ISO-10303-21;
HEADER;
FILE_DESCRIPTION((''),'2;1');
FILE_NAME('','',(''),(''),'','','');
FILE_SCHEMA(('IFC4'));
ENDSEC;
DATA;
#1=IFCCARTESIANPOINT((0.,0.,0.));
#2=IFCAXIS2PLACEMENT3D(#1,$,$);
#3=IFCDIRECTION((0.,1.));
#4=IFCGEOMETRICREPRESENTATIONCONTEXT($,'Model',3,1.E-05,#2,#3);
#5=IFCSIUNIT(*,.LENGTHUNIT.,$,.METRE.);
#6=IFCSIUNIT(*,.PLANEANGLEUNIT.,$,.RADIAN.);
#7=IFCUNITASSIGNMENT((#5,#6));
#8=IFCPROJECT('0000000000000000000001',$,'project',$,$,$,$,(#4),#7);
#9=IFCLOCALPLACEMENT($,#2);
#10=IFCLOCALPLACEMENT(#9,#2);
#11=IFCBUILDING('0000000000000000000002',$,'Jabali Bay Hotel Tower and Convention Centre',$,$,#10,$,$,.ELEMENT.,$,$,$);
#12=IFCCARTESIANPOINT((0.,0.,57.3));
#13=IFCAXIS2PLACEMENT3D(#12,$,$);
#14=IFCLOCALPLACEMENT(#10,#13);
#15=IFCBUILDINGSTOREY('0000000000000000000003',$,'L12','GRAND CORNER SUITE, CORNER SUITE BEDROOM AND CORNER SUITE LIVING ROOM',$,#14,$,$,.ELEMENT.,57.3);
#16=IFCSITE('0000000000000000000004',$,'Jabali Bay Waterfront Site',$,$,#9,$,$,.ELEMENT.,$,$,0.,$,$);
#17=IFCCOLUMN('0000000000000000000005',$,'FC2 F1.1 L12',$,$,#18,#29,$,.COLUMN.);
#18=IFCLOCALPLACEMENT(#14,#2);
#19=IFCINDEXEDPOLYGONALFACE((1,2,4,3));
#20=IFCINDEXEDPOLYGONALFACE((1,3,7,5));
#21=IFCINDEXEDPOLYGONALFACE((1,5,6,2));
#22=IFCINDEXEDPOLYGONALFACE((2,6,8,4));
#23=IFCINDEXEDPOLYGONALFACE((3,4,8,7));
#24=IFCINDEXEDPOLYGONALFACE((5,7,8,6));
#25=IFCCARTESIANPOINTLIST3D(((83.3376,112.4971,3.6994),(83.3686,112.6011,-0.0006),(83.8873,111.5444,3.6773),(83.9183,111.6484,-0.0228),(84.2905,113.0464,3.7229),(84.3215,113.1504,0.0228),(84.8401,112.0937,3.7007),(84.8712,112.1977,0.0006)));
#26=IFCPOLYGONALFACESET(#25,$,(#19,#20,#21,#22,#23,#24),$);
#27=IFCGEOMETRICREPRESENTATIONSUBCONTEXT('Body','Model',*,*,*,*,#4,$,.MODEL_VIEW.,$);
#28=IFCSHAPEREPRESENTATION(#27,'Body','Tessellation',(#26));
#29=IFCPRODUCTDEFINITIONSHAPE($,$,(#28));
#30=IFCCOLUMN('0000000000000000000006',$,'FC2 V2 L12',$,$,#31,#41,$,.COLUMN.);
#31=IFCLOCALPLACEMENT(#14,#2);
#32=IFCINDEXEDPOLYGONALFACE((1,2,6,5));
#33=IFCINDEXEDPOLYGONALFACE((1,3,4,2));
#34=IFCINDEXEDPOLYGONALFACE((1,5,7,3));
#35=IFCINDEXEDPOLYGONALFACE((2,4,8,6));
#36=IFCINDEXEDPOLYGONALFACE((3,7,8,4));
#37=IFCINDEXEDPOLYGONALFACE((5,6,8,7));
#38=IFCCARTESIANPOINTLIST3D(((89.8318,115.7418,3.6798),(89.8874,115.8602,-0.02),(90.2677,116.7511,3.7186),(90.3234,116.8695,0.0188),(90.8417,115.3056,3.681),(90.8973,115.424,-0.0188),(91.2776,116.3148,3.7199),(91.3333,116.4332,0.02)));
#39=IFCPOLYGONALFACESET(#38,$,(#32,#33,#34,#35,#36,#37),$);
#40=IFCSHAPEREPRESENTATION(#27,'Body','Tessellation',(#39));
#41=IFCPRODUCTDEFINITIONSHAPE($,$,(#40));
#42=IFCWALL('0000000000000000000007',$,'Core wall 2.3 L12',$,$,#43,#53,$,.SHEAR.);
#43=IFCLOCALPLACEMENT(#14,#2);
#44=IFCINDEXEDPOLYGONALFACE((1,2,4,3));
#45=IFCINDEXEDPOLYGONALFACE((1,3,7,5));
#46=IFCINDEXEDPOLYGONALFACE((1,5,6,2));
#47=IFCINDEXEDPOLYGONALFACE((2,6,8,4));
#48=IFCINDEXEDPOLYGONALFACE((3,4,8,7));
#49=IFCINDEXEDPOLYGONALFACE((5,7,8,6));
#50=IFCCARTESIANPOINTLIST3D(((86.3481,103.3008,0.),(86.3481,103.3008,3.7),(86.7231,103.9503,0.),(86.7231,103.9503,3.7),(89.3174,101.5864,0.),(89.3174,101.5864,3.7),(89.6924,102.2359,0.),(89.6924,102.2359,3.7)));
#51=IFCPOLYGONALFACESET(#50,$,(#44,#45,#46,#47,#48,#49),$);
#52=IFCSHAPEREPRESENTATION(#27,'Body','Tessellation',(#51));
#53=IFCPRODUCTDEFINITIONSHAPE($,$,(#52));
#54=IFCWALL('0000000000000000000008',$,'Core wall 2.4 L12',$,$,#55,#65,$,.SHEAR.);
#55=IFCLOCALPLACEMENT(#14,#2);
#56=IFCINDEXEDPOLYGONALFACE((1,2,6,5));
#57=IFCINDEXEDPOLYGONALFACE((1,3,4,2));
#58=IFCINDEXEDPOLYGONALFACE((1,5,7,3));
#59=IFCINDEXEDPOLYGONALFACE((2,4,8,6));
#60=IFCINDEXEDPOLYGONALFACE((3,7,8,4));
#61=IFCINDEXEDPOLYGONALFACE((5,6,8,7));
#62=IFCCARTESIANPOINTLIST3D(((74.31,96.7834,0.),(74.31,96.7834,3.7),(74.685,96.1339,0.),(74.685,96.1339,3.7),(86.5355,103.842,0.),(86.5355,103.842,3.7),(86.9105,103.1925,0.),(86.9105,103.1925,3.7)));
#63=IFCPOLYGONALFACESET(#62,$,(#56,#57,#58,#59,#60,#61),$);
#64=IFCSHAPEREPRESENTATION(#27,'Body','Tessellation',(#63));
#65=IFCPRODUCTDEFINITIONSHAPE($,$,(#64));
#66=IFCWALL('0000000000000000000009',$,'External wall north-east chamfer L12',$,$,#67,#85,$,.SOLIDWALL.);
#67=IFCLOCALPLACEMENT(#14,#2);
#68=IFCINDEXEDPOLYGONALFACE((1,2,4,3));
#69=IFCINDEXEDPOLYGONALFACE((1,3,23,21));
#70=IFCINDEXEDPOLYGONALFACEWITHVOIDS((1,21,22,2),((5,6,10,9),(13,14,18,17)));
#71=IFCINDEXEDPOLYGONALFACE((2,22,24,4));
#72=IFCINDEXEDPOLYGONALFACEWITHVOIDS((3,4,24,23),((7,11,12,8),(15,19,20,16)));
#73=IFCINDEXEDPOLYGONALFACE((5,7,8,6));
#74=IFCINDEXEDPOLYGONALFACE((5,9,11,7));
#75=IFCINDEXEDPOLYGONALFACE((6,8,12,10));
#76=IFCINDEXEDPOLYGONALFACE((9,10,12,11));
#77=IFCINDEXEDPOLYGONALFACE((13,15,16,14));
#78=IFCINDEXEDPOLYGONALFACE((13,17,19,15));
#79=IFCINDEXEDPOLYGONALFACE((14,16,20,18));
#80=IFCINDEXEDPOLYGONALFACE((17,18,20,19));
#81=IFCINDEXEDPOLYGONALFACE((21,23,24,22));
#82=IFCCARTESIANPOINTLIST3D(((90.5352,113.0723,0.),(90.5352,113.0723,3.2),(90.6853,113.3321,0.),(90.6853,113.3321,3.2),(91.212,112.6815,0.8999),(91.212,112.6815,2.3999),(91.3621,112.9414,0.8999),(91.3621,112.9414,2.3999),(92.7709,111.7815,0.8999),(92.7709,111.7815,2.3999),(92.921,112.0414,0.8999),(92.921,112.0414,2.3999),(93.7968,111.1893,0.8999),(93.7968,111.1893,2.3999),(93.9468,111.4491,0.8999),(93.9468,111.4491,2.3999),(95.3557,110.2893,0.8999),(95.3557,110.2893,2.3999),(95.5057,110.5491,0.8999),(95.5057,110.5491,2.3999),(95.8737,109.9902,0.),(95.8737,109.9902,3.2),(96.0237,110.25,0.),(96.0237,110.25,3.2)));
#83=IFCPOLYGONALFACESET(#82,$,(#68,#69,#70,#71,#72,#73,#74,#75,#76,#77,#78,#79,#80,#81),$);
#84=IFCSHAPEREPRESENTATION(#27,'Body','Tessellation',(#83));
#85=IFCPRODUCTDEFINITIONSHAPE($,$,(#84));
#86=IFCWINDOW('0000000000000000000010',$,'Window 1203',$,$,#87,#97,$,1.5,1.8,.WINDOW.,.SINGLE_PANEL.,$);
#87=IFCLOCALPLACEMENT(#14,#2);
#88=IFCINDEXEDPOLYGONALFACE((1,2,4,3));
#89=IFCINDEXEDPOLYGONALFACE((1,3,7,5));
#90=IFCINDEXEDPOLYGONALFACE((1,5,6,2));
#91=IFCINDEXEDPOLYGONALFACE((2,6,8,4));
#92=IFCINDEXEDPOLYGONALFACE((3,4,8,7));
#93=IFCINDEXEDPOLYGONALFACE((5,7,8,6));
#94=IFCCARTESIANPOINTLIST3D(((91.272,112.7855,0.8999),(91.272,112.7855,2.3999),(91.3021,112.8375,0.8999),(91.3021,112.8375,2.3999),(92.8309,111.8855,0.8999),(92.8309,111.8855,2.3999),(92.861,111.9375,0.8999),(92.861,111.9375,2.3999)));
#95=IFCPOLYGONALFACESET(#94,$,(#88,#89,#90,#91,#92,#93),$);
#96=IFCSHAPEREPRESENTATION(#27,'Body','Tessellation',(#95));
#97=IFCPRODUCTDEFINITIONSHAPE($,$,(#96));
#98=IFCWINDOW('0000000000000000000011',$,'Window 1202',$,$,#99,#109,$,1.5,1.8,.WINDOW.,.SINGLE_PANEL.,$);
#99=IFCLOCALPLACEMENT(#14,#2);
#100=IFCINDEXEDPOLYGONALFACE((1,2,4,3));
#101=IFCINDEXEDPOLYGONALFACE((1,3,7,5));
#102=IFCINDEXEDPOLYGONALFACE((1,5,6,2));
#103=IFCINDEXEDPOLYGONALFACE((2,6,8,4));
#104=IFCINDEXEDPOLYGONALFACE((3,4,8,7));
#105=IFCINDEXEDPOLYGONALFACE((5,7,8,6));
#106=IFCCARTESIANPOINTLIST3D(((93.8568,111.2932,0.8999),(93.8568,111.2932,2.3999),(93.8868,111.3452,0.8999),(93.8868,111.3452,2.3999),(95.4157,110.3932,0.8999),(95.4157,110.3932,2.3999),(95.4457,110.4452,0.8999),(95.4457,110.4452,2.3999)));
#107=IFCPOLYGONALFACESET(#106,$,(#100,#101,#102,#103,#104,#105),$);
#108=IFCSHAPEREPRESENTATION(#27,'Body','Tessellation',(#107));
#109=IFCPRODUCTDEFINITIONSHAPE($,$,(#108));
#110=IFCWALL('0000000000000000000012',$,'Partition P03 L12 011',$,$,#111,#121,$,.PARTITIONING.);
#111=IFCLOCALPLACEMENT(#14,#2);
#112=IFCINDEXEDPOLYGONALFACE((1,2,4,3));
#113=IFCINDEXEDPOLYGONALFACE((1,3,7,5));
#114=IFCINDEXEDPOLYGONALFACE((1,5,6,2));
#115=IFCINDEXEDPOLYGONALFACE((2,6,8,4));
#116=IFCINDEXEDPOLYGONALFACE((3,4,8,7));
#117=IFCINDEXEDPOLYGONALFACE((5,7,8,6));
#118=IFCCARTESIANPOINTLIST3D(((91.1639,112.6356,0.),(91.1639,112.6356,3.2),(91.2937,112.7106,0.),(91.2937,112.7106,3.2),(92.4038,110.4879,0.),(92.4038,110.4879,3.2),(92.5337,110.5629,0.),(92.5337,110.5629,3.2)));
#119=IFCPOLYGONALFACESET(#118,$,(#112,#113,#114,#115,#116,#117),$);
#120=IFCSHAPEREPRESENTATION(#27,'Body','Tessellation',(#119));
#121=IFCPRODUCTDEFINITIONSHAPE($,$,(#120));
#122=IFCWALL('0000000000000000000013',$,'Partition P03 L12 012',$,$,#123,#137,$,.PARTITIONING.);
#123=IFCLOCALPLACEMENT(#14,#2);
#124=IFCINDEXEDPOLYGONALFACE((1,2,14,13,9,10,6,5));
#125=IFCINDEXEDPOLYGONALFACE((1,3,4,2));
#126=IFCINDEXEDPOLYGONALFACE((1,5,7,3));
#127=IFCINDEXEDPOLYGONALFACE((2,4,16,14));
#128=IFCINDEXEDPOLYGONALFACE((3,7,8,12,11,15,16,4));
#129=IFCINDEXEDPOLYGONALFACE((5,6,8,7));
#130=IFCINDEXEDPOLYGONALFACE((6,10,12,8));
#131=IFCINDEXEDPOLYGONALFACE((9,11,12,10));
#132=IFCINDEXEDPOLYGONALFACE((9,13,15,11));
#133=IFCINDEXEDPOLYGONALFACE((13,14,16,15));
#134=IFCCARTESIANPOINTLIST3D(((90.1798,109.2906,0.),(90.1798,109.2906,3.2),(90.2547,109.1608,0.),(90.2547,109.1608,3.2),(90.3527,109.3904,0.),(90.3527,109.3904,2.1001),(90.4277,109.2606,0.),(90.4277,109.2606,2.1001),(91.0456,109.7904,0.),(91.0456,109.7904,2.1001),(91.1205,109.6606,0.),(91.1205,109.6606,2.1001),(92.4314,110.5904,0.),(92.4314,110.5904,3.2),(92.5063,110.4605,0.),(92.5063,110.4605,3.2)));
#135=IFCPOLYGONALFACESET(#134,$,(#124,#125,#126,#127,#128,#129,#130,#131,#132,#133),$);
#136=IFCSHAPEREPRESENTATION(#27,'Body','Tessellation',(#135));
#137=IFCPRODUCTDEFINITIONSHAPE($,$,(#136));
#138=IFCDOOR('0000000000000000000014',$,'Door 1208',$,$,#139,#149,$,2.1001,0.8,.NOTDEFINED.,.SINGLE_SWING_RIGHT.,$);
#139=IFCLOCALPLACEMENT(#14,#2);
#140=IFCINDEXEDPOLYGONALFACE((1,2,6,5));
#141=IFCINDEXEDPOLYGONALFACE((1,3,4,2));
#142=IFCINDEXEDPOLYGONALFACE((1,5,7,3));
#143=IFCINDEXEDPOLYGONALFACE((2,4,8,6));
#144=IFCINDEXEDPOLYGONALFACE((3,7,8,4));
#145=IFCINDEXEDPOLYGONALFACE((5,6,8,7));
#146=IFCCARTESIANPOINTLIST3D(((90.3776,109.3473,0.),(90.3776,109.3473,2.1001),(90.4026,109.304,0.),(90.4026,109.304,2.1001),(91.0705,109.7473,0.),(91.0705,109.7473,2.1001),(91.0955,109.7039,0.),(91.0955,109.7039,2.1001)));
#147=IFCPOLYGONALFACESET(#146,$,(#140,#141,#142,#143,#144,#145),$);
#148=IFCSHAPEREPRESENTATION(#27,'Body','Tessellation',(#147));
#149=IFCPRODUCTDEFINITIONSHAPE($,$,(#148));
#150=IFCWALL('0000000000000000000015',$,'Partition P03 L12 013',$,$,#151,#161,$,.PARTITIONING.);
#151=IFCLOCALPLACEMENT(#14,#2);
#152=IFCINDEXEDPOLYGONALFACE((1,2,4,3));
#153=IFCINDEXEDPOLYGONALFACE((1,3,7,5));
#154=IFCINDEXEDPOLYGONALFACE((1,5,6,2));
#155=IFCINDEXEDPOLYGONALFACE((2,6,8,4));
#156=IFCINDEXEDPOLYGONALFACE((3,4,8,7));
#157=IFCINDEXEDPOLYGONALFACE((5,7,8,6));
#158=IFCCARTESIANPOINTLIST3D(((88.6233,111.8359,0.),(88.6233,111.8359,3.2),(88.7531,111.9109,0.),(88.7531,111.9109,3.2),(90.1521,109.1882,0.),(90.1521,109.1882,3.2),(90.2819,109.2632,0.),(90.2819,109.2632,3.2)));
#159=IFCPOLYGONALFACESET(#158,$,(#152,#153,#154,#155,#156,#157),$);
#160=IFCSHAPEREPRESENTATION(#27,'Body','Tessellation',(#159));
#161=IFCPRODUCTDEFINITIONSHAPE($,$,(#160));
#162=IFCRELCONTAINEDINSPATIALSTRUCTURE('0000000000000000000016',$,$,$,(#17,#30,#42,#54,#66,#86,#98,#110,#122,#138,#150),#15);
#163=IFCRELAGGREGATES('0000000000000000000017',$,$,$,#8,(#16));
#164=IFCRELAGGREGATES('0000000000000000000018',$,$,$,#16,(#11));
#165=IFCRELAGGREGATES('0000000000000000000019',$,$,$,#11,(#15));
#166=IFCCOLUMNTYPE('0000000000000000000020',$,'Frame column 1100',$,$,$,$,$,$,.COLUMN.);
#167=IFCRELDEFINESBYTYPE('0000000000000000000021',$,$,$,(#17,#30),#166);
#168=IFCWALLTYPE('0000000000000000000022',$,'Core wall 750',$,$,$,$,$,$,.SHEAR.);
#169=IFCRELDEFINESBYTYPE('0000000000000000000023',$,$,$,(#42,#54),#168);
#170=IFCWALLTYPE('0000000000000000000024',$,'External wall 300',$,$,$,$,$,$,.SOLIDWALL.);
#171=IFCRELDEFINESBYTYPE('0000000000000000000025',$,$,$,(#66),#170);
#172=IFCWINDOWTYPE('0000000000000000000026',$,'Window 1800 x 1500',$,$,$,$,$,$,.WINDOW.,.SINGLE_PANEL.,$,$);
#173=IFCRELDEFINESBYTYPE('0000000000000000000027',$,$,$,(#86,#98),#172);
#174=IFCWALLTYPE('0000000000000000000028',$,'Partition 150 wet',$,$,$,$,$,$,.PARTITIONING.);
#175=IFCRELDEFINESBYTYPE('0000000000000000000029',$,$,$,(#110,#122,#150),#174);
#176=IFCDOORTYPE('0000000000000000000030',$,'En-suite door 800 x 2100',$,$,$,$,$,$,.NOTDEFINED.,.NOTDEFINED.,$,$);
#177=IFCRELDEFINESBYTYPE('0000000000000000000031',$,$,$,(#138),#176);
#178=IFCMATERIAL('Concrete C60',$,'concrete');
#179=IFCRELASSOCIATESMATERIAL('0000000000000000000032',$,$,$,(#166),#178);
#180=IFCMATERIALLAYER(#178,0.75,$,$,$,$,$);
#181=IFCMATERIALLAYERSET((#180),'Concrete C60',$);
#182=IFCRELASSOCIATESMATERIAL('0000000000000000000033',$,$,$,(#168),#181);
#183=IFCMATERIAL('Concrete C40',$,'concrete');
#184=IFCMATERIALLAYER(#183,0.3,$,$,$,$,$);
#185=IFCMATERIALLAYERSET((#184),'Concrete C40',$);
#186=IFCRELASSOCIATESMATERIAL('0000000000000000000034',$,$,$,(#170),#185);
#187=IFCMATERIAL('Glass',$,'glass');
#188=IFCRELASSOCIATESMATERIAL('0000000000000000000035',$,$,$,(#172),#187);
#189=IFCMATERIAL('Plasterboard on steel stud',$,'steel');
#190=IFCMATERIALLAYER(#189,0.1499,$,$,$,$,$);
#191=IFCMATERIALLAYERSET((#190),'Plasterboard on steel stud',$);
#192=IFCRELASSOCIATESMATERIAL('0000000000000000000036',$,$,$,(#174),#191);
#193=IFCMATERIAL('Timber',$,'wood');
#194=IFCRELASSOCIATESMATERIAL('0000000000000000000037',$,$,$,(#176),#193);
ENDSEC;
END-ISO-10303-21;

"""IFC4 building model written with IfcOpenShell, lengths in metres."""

from ifc_helpers import new_model, si_unit, direction, frame, frame_2d, origin, origin_2d, place, context, subcontext, project, spatial, rectangle, extrude, material, layer, layer_set, material_profile, profile_set, type_object, element, fill, save


model = new_model("IFC4")

# Units and contexts
model_context = context("Model", 3, precision=1e-05, world=origin(), true_north=direction((0.0, 1.0)))
body_context = subcontext(model_context, "Body", "Model", "MODEL_VIEW")
ifc_project = project(units=[si_unit("LENGTHUNIT", "METRE"), si_unit("PLANEANGLEUNIT", "RADIAN")], contexts=[model_context])

# Site, building, storey
site_placement = place(None, origin())
site = spatial("IfcSite", under=ifc_project, at=site_placement, Name="Jabali Bay Waterfront Site", CompositionType="ELEMENT", RefElevation=0.0)
building_placement = place(site_placement, origin())
building = spatial("IfcBuilding", under=site, at=building_placement, Name="Jabali Bay Hotel Tower and Convention Centre", CompositionType="ELEMENT")
storey_placement = place(building_placement, frame((0.0, 0.0, 57.3)))
storey = spatial("IfcBuildingStorey", under=building, at=storey_placement, Name="L12", Description="GRAND CORNER SUITE, CORNER SUITE BEDROOM AND CORNER SUITE LIVING ROOM", CompositionType="ELEMENT", Elevation=57.3)

# Columns
ifc_material_1 = material(Name="Concrete C60", Category="concrete")
ifc_material_profile = material_profile(ifc_material_1, rectangle(XDim=1.1001, YDim=1.1001, at=origin_2d()), Name="Frame column 1100")
ifc_profile_set = profile_set([ifc_material_profile], Name="Concrete C60")
column_type = type_object("IfcColumnType", Name="Frame column 1100", PredefinedType="COLUMN", material=ifc_profile_set)
column_1_placement = place(storey_placement, frame((84.1199, 112.3994, 0.0), z_axis=(-0.008376, -0.028097, 0.99957), x_axis=(0.866172, 0.499293, 0.021293)))
element("IfcColumn", 1, at=column_1_placement, inside=storey, type_object=column_type, Name="FC2 F1.1 L12", PredefinedType="COLUMN", context=body_context, shape_type="SweptSolid", body=[
    extrude(rectangle(XDim=1.1001, YDim=1.1001, at=origin_2d()), origin(), (0.0, 0.0, 1.0), 3.7017),
])
column_2_placement = place(storey_placement, frame((90.6104, 116.1467, 0.0), z_axis=(-0.015035, -0.031983, 0.999375), x_axis=(0.91801, -0.396555, 0.00112)))
element("IfcColumn", 2, at=column_2_placement, inside=storey, type_object=column_type, Name="FC2 V2 L12", PredefinedType="COLUMN", context=body_context, shape_type="SweptSolid", body=[
    extrude(rectangle(XDim=1.1001, YDim=1.1001, at=origin_2d()), origin(), (0.0, 0.0, 1.0), 3.7021),
])

# Walls
ifc_layer_1 = layer(ifc_material_1, 0.75)
ifc_layer_set_1 = layer_set([ifc_layer_1], Name="Concrete C60")
wall_type_1 = type_object("IfcWallType", Name="Core wall 750", PredefinedType="SHEAR", material=ifc_layer_set_1)
wall_1_placement = place(storey_placement, frame((89.5049, 101.9111, 0.0), z_axis=(0.0, 0.0, 1.0), x_axis=(-0.866017, 0.500014, 0.0)))
element("IfcWall", 3, at=wall_1_placement, inside=storey, type_object=wall_type_1, Name="Core wall 2.3 L12", PredefinedType="SHEAR", context=body_context, shape_type="SweptSolid", body=[
    extrude(rectangle(XDim=3.4287, YDim=0.75, at=frame_2d((1.7144, 0.0))), origin(), (0.0, 0.0, 1.0), 3.7),
])
wall_2_placement = place(storey_placement, frame((86.7231, 103.5173, 0.0), z_axis=(0.0, 0.0, 1.0), x_axis=(-0.866021, -0.500008, 0.0)))
element("IfcWall", 4, at=wall_2_placement, inside=storey, type_object=wall_type_1, Name="Core wall 2.4 L12", PredefinedType="SHEAR", context=body_context, shape_type="SweptSolid", body=[
    extrude(rectangle(XDim=14.1169, YDim=0.75, at=frame_2d((7.0586, 0.0))), origin(), (0.0, 0.0, 1.0), 3.7),
])

# Wall, openings, windows
ifc_material_2 = material(Name="Concrete C40", Category="concrete")
ifc_layer_2 = layer(ifc_material_2, 0.3)
ifc_layer_set_2 = layer_set([ifc_layer_2], Name="Concrete C40")
wall_type_2 = type_object("IfcWallType", Name="External wall 300", PredefinedType="SOLIDWALL", material=ifc_layer_set_2)
wall_3_placement = place(storey_placement, frame((90.6104, 113.2021, 0.0), z_axis=(0.0, 0.0, 1.0), x_axis=(0.866031, -0.49999, 0.0)))
wall_3 = element("IfcWall", 5, at=wall_3_placement, inside=storey, type_object=wall_type_2, Name="External wall north-east chamfer L12", PredefinedType="SOLIDWALL", context=body_context, shape_type="SweptSolid", body=[
    extrude(rectangle(XDim=6.1643, YDim=0.3, at=frame_2d((3.082, 0.0))), origin(), (0.0, 0.0, 1.0), 3.2),
])
opening_1_placement = place(wall_3_placement, frame((0.7815, 0.0, 0.8999)))
opening_1 = element("IfcOpeningElement", 6, at=opening_1_placement, cuts=wall_3, PredefinedType="OPENING", context=body_context, shape_type="SweptSolid", body=[
    extrude(rectangle(XDim=1.8, YDim=1.5, at=frame_2d((0.8999, 0.75))), frame((0.0, 0.1606, 0.0), z_axis=(0.0, -1.0, 0.0), x_axis=(1.0, 0.0, 0.0)), (0.0, 0.0, 1.0), 0.321),
])
opening_2_placement = place(wall_3_placement, frame((3.7661, 0.0, 0.8999)))
opening_2 = element("IfcOpeningElement", 7, at=opening_2_placement, cuts=wall_3, PredefinedType="OPENING", context=body_context, shape_type="SweptSolid", body=[
    extrude(rectangle(XDim=1.8, YDim=1.5, at=frame_2d((0.8999, 0.75))), frame((0.0, 0.1606, 0.0), z_axis=(0.0, -1.0, 0.0), x_axis=(1.0, 0.0, 0.0)), (0.0, 0.0, 1.0), 0.321),
])
ifc_material_3 = material(Name="Glass", Category="glass")
window_type = type_object("IfcWindowType", Name="Window 1800 x 1500", PartitioningType="SINGLE_PANEL", PredefinedType="WINDOW", material=ifc_material_3)
window_1_placement = place(opening_1_placement, origin())
window_1 = element("IfcWindow", 8, at=window_1_placement, inside=storey, type_object=window_type, Name="Window 1203", OverallHeight=1.5, OverallWidth=1.8, PartitioningType="SINGLE_PANEL", PredefinedType="WINDOW", context=body_context, shape_type="SweptSolid", body=[
    extrude(rectangle(XDim=1.8, YDim=1.5, at=frame_2d((0.8999, 0.75))), frame((0.0, 0.03, 0.0), z_axis=(0.0, -1.0, 0.0), x_axis=(1.0, 0.0, 0.0)), (0.0, 0.0, 1.0), 0.0601),
])
fill(opening_1, window_1)
window_2_placement = place(opening_2_placement, origin())
window_2 = element("IfcWindow", 9, at=window_2_placement, inside=storey, type_object=window_type, Name="Window 1202", OverallHeight=1.5, OverallWidth=1.8, PartitioningType="SINGLE_PANEL", PredefinedType="WINDOW", context=body_context, shape_type="SweptSolid", body=[
    extrude(rectangle(XDim=1.8, YDim=1.5, at=frame_2d((0.8999, 0.75))), frame((0.0, 0.03, 0.0), z_axis=(0.0, -1.0, 0.0), x_axis=(1.0, 0.0, 0.0)), (0.0, 0.0, 1.0), 0.0601),
])
fill(opening_2, window_2)

# Wall
ifc_material_4 = material(Name="Plasterboard on steel stud", Category="steel")
ifc_layer_3 = layer(ifc_material_4, 0.1499)
ifc_layer_set_3 = layer_set([ifc_layer_3], Name="Plasterboard on steel stud")
wall_type_3 = type_object("IfcWallType", Name="Partition 150 wet", PredefinedType="PARTITIONING", material=ifc_layer_set_3)
wall_4_placement = place(storey_placement, frame((91.2288, 112.6731, 0.0), z_axis=(0.0, 0.0, 1.0), x_axis=(0.500004, -0.866023, 0.0)))
element("IfcWall", 10, at=wall_4_placement, inside=storey, type_object=wall_type_3, Name="Partition P03 L12 011", PredefinedType="PARTITIONING", context=body_context, shape_type="SweptSolid", body=[
    extrude(rectangle(XDim=2.48, YDim=0.1499, at=frame_2d((1.24, 0.0))), origin(), (0.0, 0.0, 1.0), 3.2),
])

# Wall, opening, door
wall_5_placement = place(storey_placement, frame((92.4688, 110.5254, 0.0), z_axis=(0.0, 0.0, 1.0), x_axis=(-0.866062, -0.499937, 0.0)))
wall_5 = element("IfcWall", 11, at=wall_5_placement, inside=storey, type_object=wall_type_3, Name="Partition P03 L12 012", PredefinedType="PARTITIONING", context=body_context, shape_type="SweptSolid", body=[
    extrude(rectangle(XDim=2.5999, YDim=0.1499, at=frame_2d((1.2998, 0.0))), origin(), (0.0, 0.0, 1.0), 3.2),
])
opening_3_placement = place(wall_5_placement, frame((1.6001, 0.0, 0.0)))
opening_3 = element("IfcOpeningElement", 12, at=opening_3_placement, cuts=wall_5, PredefinedType="OPENING", context=body_context, shape_type="SweptSolid", body=[
    extrude(rectangle(XDim=0.8, YDim=2.1001, at=frame_2d((0.3999, 1.05))), frame((0.0, 0.0854, 0.0), z_axis=(0.0, -1.0, 0.0), x_axis=(1.0, 0.0, 0.0)), (0.0, 0.0, 1.0), 0.1709),
])
ifc_material_5 = material(Name="Timber", Category="wood")
door_type = type_object("IfcDoorType", Name="En-suite door 800 x 2100", OperationType="NOTDEFINED", PredefinedType="NOTDEFINED", material=ifc_material_5)
door_placement = place(opening_3_placement, origin())
door = element("IfcDoor", 13, at=door_placement, inside=storey, type_object=door_type, Name="Door 1208", OperationType="SINGLE_SWING_RIGHT", OverallHeight=2.1001, OverallWidth=0.8, PredefinedType="NOTDEFINED", context=body_context, shape_type="SweptSolid", body=[
    extrude(rectangle(XDim=0.8, YDim=2.1001, at=frame_2d((0.3999, 1.05))), frame((0.0, 0.0249, 0.0), z_axis=(0.0, -1.0, 0.0), x_axis=(1.0, 0.0, 0.0)), (0.0, 0.0, 1.0), 0.05),
])
fill(opening_3, door)

# Wall
wall_6_placement = place(storey_placement, frame((90.217, 109.2256, 0.0), z_axis=(0.0, 0.0, 1.0), x_axis=(-0.500038, 0.866003, 0.0)))
element("IfcWall", 14, at=wall_6_placement, inside=storey, type_object=wall_type_3, Name="Partition P03 L12 013", PredefinedType="PARTITIONING", context=body_context, shape_type="SweptSolid", body=[
    extrude(rectangle(XDim=3.0574, YDim=0.1499, at=frame_2d((1.5288, 0.0))), origin(), (0.0, 0.0, 1.0), 3.2),
])

save(model, "model.ifc")
